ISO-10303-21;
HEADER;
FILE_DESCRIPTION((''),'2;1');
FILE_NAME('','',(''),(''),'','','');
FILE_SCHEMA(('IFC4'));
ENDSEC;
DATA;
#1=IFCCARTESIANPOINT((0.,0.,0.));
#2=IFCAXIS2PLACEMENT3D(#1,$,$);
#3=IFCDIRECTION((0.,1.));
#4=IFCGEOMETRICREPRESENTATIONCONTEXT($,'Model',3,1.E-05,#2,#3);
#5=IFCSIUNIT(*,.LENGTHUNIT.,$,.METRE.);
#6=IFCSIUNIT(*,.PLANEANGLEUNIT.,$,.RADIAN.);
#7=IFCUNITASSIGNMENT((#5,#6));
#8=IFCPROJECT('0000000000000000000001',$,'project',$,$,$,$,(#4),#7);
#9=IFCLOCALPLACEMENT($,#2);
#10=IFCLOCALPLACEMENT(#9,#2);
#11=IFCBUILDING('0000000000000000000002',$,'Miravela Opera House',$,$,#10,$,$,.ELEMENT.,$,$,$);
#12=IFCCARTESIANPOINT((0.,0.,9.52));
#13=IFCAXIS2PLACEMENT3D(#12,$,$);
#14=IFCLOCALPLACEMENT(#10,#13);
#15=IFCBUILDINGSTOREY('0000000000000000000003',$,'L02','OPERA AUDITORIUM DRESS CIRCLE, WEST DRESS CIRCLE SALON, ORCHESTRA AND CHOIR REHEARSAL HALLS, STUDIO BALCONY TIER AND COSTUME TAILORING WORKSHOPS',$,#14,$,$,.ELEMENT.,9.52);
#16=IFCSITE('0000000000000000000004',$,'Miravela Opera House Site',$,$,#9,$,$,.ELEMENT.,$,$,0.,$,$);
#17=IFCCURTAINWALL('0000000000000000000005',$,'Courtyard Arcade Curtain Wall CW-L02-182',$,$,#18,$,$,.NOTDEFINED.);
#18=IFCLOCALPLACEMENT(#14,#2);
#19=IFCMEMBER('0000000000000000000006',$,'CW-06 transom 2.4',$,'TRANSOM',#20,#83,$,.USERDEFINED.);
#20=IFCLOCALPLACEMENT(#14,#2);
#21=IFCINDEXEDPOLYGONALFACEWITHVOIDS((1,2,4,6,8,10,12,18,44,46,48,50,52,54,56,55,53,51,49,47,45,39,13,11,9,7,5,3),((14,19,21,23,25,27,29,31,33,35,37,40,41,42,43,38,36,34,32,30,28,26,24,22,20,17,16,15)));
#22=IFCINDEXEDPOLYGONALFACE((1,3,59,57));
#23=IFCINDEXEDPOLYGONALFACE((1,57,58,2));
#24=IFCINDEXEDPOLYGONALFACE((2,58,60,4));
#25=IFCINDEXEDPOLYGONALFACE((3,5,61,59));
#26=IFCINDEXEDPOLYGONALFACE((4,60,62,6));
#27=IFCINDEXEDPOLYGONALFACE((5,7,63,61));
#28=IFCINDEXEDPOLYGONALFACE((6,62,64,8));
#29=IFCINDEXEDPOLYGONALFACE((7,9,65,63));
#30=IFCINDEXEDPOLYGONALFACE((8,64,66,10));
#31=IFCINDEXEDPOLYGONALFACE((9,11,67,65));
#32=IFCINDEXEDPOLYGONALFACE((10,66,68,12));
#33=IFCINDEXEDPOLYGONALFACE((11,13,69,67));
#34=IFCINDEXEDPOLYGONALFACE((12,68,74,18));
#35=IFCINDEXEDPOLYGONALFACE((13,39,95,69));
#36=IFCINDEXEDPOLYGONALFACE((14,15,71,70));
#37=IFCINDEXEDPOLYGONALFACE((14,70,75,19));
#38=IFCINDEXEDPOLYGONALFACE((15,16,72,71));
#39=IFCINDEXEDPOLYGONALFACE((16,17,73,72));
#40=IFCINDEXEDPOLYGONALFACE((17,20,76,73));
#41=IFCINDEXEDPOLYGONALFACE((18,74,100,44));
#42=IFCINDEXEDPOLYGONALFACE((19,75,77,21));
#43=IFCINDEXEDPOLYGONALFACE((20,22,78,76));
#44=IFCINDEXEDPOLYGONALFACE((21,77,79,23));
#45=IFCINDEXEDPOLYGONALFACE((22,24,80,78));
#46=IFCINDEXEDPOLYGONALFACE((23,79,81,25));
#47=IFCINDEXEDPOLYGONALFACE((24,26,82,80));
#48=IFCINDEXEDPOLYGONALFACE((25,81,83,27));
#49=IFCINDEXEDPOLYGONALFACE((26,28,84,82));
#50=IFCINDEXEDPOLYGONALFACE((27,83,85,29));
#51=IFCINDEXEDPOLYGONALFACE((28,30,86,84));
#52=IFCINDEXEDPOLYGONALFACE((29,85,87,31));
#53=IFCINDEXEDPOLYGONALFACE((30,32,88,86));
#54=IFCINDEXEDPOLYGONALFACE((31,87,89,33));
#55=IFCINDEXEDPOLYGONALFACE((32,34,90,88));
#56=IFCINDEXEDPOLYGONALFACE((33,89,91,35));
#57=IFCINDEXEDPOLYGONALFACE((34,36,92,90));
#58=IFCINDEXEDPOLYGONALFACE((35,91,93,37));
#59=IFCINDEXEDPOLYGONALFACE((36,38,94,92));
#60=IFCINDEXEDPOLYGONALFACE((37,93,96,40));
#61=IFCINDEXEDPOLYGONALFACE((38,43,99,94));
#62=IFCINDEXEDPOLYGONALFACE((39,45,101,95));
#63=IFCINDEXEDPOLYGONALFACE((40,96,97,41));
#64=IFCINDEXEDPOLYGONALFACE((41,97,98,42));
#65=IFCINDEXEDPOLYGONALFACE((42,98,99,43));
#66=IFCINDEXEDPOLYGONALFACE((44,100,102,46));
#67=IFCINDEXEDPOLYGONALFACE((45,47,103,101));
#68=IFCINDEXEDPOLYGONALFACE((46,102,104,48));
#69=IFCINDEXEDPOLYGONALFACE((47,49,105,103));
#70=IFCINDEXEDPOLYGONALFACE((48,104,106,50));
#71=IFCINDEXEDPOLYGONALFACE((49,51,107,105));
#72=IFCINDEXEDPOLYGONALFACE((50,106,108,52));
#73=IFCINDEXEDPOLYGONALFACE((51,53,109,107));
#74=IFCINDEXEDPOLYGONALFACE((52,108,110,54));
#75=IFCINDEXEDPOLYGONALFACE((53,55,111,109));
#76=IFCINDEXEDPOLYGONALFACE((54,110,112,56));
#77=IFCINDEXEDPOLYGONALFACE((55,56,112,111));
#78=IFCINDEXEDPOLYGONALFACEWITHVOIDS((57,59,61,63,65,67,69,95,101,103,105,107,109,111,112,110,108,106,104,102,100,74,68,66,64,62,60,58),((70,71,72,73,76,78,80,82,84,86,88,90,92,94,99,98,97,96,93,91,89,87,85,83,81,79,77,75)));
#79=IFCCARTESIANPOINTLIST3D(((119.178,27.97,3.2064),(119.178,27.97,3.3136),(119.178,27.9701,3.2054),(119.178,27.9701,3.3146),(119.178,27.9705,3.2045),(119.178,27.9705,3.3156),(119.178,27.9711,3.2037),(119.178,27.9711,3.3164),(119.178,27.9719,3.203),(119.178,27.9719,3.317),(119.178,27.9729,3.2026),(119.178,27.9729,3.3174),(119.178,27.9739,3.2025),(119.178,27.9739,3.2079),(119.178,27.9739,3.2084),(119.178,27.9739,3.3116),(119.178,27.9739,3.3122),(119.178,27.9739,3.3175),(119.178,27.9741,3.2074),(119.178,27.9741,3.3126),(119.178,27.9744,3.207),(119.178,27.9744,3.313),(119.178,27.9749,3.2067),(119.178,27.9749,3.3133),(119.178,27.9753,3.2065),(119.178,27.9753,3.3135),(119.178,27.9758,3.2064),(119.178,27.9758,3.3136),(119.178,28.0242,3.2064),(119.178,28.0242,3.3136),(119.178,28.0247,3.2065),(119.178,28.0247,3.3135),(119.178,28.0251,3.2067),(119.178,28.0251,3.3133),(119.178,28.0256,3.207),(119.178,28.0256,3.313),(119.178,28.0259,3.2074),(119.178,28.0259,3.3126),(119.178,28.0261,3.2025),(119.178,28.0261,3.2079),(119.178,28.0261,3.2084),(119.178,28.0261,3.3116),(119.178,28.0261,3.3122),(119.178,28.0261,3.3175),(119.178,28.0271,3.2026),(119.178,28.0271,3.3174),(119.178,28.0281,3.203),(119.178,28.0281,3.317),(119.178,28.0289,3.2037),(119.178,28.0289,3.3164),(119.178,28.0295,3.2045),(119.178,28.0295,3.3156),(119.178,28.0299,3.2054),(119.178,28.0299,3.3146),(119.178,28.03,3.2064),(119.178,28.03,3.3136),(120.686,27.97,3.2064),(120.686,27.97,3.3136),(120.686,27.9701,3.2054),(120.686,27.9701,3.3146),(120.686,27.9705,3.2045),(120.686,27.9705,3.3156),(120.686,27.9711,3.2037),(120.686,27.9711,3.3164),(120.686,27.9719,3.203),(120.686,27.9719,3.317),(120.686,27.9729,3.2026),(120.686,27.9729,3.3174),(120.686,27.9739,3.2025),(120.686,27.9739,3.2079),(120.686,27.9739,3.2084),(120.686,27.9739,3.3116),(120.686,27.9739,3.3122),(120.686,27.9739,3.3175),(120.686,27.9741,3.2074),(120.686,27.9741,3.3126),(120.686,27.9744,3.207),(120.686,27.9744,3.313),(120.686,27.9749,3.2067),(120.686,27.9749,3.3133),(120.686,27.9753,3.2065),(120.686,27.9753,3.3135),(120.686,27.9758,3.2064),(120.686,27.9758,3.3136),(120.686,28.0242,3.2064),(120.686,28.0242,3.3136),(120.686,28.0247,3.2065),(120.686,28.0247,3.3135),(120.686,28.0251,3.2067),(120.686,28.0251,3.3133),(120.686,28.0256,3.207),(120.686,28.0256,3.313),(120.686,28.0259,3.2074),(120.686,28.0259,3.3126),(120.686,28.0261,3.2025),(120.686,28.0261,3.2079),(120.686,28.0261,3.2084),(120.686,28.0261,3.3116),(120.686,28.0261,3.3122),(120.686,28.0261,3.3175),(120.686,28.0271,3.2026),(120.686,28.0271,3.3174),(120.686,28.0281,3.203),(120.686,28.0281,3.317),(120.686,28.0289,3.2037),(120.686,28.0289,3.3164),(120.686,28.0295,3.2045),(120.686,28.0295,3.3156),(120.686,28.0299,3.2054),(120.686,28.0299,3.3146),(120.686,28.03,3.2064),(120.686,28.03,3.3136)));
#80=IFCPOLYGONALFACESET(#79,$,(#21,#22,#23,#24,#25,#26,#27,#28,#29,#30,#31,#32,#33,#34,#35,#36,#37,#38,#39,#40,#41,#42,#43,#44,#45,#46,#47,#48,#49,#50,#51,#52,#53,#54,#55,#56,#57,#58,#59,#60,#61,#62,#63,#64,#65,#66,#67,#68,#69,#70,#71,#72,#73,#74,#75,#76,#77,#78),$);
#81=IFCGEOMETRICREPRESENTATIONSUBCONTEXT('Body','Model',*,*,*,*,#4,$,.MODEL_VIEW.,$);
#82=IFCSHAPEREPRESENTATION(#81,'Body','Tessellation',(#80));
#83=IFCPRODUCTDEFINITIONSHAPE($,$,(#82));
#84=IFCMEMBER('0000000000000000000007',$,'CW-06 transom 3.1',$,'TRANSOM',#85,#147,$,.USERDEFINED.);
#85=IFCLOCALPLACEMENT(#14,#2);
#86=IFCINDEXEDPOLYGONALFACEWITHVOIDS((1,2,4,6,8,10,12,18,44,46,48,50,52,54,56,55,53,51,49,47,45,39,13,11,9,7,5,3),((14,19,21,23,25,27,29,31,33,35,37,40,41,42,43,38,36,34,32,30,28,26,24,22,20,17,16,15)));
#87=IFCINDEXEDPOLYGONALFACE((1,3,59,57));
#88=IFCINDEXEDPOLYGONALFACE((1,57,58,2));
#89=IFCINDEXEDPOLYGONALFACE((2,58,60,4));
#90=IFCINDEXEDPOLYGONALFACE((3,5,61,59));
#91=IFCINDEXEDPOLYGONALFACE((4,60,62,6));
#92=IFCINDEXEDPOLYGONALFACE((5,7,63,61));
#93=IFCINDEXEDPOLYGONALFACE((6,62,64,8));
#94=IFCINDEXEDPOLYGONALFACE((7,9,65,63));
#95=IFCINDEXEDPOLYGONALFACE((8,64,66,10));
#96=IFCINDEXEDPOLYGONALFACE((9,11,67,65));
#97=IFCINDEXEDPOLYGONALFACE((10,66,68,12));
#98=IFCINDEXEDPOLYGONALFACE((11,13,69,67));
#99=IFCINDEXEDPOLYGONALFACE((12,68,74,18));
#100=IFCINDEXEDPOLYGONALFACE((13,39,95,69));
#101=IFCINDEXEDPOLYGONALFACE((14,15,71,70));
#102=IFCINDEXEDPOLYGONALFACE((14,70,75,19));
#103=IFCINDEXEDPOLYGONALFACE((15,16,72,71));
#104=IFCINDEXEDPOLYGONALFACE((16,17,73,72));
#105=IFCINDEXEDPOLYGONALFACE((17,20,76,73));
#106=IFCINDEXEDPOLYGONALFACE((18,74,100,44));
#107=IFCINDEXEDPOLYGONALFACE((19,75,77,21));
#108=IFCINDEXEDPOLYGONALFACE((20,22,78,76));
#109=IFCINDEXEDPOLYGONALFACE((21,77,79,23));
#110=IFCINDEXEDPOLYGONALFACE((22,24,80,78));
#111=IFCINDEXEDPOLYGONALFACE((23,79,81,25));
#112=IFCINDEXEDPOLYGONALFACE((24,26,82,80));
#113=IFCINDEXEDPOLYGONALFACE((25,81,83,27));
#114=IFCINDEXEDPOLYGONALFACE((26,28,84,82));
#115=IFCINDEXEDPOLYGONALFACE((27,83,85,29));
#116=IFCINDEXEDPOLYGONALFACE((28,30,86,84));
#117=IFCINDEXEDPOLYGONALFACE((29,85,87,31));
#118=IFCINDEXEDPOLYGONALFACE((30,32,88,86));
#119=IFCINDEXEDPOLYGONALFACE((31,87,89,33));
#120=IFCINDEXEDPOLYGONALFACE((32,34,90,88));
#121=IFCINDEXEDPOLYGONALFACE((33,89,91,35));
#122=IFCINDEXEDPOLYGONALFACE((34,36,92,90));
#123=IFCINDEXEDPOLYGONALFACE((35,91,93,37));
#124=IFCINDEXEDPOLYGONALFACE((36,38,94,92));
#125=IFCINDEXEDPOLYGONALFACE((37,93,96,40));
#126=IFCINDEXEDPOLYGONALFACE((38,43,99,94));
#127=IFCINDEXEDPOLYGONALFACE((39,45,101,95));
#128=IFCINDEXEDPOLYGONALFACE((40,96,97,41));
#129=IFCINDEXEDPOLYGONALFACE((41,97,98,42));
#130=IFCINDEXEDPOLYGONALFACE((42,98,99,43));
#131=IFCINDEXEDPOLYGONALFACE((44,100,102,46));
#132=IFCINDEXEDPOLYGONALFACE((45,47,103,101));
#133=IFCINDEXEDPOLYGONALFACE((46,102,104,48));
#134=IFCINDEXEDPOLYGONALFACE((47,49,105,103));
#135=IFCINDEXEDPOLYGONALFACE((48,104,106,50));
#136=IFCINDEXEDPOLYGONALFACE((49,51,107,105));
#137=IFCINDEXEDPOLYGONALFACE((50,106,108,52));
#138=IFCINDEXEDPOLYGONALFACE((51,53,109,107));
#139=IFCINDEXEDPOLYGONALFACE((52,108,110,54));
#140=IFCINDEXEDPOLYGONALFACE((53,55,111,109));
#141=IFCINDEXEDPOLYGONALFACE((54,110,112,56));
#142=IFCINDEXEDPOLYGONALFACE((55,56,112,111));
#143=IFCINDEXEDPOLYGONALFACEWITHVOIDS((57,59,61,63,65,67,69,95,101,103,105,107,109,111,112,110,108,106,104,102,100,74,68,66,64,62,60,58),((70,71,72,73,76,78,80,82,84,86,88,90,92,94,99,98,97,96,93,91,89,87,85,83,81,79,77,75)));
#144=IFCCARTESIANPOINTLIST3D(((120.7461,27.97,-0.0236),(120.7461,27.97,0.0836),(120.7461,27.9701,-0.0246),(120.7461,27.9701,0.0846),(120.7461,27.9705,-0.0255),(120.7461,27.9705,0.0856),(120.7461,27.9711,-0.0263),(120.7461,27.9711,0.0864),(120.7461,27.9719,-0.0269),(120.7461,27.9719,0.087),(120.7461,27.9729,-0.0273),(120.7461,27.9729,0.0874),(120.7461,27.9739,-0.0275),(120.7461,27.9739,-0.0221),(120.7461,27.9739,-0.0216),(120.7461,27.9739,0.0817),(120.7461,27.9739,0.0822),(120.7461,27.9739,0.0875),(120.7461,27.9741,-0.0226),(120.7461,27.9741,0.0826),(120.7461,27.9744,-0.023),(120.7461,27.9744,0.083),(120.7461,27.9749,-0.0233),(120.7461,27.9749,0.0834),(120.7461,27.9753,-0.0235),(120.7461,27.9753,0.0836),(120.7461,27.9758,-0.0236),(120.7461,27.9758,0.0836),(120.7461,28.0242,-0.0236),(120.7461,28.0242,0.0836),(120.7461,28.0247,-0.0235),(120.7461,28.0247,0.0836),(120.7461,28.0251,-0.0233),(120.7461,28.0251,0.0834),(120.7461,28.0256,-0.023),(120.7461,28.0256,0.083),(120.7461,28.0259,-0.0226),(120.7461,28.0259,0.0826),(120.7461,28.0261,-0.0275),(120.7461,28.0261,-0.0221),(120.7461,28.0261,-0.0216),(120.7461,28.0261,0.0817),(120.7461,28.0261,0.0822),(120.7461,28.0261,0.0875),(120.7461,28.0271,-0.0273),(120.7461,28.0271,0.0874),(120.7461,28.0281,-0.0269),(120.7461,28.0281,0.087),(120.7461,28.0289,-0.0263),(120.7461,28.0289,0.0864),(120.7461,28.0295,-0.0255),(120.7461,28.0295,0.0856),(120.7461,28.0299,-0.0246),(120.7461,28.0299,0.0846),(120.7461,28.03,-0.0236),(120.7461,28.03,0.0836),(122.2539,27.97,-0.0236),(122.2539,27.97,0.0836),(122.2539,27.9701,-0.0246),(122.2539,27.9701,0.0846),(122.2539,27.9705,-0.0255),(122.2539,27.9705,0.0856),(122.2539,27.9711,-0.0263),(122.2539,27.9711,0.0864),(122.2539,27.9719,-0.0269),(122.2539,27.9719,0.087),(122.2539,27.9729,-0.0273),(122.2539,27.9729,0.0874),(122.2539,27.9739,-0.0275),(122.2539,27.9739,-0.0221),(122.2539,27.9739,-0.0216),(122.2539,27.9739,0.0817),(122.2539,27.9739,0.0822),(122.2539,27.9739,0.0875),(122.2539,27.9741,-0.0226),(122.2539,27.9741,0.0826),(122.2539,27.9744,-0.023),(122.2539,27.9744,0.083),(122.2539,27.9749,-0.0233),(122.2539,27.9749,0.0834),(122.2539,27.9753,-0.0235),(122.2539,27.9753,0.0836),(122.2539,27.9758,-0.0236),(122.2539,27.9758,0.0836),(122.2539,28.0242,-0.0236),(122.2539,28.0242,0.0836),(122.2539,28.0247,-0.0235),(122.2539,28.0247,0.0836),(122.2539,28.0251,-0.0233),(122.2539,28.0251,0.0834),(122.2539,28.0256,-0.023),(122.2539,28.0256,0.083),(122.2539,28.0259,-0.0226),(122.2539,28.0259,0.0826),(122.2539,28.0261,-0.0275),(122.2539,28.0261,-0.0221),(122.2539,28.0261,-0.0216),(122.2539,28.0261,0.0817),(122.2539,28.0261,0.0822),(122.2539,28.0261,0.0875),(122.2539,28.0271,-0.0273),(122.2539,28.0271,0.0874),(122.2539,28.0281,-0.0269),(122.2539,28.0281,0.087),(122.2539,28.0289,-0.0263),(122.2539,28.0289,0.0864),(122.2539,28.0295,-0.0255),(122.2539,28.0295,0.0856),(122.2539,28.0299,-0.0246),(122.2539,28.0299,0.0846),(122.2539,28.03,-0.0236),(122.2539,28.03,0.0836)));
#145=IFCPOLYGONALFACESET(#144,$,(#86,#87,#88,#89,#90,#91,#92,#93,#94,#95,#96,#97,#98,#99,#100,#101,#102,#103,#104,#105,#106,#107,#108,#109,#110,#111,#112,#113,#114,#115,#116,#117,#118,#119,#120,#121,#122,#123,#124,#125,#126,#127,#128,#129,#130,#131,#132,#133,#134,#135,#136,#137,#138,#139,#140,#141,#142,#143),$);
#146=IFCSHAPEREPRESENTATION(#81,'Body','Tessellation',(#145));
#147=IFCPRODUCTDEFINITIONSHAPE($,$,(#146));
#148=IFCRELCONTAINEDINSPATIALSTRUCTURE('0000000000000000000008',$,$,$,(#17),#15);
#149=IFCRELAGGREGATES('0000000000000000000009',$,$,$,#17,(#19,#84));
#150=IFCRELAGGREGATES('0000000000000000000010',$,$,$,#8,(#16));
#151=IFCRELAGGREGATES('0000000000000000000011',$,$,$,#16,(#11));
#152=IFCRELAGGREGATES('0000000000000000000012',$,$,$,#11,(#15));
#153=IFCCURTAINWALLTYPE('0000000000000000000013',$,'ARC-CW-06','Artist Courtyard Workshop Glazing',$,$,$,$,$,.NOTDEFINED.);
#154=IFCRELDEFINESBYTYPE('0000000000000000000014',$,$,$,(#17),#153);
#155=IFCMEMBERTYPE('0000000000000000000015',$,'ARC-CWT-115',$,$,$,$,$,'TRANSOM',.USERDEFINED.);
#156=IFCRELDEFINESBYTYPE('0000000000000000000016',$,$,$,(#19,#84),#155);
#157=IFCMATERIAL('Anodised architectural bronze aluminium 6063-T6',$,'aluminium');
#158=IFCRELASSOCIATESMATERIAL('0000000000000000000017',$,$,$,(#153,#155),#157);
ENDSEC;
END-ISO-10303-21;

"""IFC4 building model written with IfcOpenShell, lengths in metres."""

from ifc_helpers import new_model, si_unit, direction, frame, origin, origin_2d, place, context, subcontext, project, spatial, hollow_rectangle, extrude, material, material_profile, profile_set, type_object, element, aggregate, save


model = new_model("IFC4")

# Units and contexts
model_context = context("Model", 3, precision=1e-05, world=origin(), true_north=direction((0.0, 1.0)))
body_context = subcontext(model_context, "Body", "Model", "MODEL_VIEW")
ifc_project = project(units=[si_unit("LENGTHUNIT", "METRE"), si_unit("PLANEANGLEUNIT", "RADIAN")], contexts=[model_context])

# Site, building, storey
site_placement = place(None, origin())
site = spatial("IfcSite", under=ifc_project, at=site_placement, Name="Miravela Opera House Site", CompositionType="ELEMENT", RefElevation=0.0)
building_placement = place(site_placement, origin())
building = spatial("IfcBuilding", under=site, at=building_placement, Name="Miravela Opera House", CompositionType="ELEMENT")
storey_placement = place(building_placement, frame((0.0, 0.0, 9.52)))
storey = spatial("IfcBuildingStorey", under=building, at=storey_placement, Name="L02", Description="OPERA AUDITORIUM DRESS CIRCLE, WEST DRESS CIRCLE SALON, ORCHESTRA AND CHOIR REHEARSAL HALLS, STUDIO BALCONY TIER AND COSTUME TAILORING WORKSHOPS", CompositionType="ELEMENT", Elevation=9.52)

# Curtain wall, members
ifc_material_1 = material(Name="Anodised architectural bronze aluminium 6063-T6", Category="aluminium")
curtain_wall_type = type_object("IfcCurtainWallType", Name="ARC-CW-06", Description="Artist Courtyard Workshop Glazing", PredefinedType="NOTDEFINED", material=ifc_material_1)
curtain_wall_placement = place(storey_placement, origin())
curtain_wall = element("IfcCurtainWall", 1, at=curtain_wall_placement, inside=storey, type_object=curtain_wall_type, Name="Courtyard Arcade Curtain Wall CW-L02-182", PredefinedType="NOTDEFINED")
ifc_material_profile_1 = material_profile(ifc_material_1, hollow_rectangle(XDim=0.0601, YDim=0.115, WallThickness=0.0039, InnerFilletRadius=0.002, OuterFilletRadius=0.0039, at=origin_2d()), Name="CWT-60X115")
ifc_profile_set_1 = profile_set([ifc_material_profile_1])
member_type_1 = type_object("IfcMemberType", Name="ARC-CWT-115", ElementType="TRANSOM", PredefinedType="USERDEFINED", material=ifc_profile_set_1)
member_1_placement = place(storey_placement, frame((119.178, 28.0, 3.26), z_axis=(1.0, 0.0, 0.0), x_axis=(0.0, 1.0, 0.0)))
member_1 = element("IfcMember", 2, at=member_1_placement, type_object=member_type_1, Name="CW-06 transom 2.4", ObjectType="TRANSOM", PredefinedType="USERDEFINED", context=body_context, shape_type="SweptSolid", body=[
    extrude(hollow_rectangle(XDim=0.0601, YDim=0.115, WallThickness=0.0039, InnerFilletRadius=0.002, OuterFilletRadius=0.0039, at=origin_2d()), origin(), (0.0, 0.0, 1.0), 1.5081),
])
member_2_placement = place(storey_placement, frame((120.7461, 28.0, 0.03), z_axis=(1.0, 0.0, 0.0), x_axis=(0.0, 1.0, 0.0)))
member_2 = element("IfcMember", 3, at=member_2_placement, type_object=member_type_1, Name="CW-06 transom 3.1", ObjectType="TRANSOM", PredefinedType="USERDEFINED", context=body_context, shape_type="SweptSolid", body=[
    extrude(hollow_rectangle(XDim=0.0601, YDim=0.115, WallThickness=0.0039, InnerFilletRadius=0.002, OuterFilletRadius=0.0039, at=origin_2d()), origin(), (0.0, 0.0, 1.0), 1.5078),
])
aggregate(curtain_wall, [member_1, member_2])

save(model, "model.ifc")
